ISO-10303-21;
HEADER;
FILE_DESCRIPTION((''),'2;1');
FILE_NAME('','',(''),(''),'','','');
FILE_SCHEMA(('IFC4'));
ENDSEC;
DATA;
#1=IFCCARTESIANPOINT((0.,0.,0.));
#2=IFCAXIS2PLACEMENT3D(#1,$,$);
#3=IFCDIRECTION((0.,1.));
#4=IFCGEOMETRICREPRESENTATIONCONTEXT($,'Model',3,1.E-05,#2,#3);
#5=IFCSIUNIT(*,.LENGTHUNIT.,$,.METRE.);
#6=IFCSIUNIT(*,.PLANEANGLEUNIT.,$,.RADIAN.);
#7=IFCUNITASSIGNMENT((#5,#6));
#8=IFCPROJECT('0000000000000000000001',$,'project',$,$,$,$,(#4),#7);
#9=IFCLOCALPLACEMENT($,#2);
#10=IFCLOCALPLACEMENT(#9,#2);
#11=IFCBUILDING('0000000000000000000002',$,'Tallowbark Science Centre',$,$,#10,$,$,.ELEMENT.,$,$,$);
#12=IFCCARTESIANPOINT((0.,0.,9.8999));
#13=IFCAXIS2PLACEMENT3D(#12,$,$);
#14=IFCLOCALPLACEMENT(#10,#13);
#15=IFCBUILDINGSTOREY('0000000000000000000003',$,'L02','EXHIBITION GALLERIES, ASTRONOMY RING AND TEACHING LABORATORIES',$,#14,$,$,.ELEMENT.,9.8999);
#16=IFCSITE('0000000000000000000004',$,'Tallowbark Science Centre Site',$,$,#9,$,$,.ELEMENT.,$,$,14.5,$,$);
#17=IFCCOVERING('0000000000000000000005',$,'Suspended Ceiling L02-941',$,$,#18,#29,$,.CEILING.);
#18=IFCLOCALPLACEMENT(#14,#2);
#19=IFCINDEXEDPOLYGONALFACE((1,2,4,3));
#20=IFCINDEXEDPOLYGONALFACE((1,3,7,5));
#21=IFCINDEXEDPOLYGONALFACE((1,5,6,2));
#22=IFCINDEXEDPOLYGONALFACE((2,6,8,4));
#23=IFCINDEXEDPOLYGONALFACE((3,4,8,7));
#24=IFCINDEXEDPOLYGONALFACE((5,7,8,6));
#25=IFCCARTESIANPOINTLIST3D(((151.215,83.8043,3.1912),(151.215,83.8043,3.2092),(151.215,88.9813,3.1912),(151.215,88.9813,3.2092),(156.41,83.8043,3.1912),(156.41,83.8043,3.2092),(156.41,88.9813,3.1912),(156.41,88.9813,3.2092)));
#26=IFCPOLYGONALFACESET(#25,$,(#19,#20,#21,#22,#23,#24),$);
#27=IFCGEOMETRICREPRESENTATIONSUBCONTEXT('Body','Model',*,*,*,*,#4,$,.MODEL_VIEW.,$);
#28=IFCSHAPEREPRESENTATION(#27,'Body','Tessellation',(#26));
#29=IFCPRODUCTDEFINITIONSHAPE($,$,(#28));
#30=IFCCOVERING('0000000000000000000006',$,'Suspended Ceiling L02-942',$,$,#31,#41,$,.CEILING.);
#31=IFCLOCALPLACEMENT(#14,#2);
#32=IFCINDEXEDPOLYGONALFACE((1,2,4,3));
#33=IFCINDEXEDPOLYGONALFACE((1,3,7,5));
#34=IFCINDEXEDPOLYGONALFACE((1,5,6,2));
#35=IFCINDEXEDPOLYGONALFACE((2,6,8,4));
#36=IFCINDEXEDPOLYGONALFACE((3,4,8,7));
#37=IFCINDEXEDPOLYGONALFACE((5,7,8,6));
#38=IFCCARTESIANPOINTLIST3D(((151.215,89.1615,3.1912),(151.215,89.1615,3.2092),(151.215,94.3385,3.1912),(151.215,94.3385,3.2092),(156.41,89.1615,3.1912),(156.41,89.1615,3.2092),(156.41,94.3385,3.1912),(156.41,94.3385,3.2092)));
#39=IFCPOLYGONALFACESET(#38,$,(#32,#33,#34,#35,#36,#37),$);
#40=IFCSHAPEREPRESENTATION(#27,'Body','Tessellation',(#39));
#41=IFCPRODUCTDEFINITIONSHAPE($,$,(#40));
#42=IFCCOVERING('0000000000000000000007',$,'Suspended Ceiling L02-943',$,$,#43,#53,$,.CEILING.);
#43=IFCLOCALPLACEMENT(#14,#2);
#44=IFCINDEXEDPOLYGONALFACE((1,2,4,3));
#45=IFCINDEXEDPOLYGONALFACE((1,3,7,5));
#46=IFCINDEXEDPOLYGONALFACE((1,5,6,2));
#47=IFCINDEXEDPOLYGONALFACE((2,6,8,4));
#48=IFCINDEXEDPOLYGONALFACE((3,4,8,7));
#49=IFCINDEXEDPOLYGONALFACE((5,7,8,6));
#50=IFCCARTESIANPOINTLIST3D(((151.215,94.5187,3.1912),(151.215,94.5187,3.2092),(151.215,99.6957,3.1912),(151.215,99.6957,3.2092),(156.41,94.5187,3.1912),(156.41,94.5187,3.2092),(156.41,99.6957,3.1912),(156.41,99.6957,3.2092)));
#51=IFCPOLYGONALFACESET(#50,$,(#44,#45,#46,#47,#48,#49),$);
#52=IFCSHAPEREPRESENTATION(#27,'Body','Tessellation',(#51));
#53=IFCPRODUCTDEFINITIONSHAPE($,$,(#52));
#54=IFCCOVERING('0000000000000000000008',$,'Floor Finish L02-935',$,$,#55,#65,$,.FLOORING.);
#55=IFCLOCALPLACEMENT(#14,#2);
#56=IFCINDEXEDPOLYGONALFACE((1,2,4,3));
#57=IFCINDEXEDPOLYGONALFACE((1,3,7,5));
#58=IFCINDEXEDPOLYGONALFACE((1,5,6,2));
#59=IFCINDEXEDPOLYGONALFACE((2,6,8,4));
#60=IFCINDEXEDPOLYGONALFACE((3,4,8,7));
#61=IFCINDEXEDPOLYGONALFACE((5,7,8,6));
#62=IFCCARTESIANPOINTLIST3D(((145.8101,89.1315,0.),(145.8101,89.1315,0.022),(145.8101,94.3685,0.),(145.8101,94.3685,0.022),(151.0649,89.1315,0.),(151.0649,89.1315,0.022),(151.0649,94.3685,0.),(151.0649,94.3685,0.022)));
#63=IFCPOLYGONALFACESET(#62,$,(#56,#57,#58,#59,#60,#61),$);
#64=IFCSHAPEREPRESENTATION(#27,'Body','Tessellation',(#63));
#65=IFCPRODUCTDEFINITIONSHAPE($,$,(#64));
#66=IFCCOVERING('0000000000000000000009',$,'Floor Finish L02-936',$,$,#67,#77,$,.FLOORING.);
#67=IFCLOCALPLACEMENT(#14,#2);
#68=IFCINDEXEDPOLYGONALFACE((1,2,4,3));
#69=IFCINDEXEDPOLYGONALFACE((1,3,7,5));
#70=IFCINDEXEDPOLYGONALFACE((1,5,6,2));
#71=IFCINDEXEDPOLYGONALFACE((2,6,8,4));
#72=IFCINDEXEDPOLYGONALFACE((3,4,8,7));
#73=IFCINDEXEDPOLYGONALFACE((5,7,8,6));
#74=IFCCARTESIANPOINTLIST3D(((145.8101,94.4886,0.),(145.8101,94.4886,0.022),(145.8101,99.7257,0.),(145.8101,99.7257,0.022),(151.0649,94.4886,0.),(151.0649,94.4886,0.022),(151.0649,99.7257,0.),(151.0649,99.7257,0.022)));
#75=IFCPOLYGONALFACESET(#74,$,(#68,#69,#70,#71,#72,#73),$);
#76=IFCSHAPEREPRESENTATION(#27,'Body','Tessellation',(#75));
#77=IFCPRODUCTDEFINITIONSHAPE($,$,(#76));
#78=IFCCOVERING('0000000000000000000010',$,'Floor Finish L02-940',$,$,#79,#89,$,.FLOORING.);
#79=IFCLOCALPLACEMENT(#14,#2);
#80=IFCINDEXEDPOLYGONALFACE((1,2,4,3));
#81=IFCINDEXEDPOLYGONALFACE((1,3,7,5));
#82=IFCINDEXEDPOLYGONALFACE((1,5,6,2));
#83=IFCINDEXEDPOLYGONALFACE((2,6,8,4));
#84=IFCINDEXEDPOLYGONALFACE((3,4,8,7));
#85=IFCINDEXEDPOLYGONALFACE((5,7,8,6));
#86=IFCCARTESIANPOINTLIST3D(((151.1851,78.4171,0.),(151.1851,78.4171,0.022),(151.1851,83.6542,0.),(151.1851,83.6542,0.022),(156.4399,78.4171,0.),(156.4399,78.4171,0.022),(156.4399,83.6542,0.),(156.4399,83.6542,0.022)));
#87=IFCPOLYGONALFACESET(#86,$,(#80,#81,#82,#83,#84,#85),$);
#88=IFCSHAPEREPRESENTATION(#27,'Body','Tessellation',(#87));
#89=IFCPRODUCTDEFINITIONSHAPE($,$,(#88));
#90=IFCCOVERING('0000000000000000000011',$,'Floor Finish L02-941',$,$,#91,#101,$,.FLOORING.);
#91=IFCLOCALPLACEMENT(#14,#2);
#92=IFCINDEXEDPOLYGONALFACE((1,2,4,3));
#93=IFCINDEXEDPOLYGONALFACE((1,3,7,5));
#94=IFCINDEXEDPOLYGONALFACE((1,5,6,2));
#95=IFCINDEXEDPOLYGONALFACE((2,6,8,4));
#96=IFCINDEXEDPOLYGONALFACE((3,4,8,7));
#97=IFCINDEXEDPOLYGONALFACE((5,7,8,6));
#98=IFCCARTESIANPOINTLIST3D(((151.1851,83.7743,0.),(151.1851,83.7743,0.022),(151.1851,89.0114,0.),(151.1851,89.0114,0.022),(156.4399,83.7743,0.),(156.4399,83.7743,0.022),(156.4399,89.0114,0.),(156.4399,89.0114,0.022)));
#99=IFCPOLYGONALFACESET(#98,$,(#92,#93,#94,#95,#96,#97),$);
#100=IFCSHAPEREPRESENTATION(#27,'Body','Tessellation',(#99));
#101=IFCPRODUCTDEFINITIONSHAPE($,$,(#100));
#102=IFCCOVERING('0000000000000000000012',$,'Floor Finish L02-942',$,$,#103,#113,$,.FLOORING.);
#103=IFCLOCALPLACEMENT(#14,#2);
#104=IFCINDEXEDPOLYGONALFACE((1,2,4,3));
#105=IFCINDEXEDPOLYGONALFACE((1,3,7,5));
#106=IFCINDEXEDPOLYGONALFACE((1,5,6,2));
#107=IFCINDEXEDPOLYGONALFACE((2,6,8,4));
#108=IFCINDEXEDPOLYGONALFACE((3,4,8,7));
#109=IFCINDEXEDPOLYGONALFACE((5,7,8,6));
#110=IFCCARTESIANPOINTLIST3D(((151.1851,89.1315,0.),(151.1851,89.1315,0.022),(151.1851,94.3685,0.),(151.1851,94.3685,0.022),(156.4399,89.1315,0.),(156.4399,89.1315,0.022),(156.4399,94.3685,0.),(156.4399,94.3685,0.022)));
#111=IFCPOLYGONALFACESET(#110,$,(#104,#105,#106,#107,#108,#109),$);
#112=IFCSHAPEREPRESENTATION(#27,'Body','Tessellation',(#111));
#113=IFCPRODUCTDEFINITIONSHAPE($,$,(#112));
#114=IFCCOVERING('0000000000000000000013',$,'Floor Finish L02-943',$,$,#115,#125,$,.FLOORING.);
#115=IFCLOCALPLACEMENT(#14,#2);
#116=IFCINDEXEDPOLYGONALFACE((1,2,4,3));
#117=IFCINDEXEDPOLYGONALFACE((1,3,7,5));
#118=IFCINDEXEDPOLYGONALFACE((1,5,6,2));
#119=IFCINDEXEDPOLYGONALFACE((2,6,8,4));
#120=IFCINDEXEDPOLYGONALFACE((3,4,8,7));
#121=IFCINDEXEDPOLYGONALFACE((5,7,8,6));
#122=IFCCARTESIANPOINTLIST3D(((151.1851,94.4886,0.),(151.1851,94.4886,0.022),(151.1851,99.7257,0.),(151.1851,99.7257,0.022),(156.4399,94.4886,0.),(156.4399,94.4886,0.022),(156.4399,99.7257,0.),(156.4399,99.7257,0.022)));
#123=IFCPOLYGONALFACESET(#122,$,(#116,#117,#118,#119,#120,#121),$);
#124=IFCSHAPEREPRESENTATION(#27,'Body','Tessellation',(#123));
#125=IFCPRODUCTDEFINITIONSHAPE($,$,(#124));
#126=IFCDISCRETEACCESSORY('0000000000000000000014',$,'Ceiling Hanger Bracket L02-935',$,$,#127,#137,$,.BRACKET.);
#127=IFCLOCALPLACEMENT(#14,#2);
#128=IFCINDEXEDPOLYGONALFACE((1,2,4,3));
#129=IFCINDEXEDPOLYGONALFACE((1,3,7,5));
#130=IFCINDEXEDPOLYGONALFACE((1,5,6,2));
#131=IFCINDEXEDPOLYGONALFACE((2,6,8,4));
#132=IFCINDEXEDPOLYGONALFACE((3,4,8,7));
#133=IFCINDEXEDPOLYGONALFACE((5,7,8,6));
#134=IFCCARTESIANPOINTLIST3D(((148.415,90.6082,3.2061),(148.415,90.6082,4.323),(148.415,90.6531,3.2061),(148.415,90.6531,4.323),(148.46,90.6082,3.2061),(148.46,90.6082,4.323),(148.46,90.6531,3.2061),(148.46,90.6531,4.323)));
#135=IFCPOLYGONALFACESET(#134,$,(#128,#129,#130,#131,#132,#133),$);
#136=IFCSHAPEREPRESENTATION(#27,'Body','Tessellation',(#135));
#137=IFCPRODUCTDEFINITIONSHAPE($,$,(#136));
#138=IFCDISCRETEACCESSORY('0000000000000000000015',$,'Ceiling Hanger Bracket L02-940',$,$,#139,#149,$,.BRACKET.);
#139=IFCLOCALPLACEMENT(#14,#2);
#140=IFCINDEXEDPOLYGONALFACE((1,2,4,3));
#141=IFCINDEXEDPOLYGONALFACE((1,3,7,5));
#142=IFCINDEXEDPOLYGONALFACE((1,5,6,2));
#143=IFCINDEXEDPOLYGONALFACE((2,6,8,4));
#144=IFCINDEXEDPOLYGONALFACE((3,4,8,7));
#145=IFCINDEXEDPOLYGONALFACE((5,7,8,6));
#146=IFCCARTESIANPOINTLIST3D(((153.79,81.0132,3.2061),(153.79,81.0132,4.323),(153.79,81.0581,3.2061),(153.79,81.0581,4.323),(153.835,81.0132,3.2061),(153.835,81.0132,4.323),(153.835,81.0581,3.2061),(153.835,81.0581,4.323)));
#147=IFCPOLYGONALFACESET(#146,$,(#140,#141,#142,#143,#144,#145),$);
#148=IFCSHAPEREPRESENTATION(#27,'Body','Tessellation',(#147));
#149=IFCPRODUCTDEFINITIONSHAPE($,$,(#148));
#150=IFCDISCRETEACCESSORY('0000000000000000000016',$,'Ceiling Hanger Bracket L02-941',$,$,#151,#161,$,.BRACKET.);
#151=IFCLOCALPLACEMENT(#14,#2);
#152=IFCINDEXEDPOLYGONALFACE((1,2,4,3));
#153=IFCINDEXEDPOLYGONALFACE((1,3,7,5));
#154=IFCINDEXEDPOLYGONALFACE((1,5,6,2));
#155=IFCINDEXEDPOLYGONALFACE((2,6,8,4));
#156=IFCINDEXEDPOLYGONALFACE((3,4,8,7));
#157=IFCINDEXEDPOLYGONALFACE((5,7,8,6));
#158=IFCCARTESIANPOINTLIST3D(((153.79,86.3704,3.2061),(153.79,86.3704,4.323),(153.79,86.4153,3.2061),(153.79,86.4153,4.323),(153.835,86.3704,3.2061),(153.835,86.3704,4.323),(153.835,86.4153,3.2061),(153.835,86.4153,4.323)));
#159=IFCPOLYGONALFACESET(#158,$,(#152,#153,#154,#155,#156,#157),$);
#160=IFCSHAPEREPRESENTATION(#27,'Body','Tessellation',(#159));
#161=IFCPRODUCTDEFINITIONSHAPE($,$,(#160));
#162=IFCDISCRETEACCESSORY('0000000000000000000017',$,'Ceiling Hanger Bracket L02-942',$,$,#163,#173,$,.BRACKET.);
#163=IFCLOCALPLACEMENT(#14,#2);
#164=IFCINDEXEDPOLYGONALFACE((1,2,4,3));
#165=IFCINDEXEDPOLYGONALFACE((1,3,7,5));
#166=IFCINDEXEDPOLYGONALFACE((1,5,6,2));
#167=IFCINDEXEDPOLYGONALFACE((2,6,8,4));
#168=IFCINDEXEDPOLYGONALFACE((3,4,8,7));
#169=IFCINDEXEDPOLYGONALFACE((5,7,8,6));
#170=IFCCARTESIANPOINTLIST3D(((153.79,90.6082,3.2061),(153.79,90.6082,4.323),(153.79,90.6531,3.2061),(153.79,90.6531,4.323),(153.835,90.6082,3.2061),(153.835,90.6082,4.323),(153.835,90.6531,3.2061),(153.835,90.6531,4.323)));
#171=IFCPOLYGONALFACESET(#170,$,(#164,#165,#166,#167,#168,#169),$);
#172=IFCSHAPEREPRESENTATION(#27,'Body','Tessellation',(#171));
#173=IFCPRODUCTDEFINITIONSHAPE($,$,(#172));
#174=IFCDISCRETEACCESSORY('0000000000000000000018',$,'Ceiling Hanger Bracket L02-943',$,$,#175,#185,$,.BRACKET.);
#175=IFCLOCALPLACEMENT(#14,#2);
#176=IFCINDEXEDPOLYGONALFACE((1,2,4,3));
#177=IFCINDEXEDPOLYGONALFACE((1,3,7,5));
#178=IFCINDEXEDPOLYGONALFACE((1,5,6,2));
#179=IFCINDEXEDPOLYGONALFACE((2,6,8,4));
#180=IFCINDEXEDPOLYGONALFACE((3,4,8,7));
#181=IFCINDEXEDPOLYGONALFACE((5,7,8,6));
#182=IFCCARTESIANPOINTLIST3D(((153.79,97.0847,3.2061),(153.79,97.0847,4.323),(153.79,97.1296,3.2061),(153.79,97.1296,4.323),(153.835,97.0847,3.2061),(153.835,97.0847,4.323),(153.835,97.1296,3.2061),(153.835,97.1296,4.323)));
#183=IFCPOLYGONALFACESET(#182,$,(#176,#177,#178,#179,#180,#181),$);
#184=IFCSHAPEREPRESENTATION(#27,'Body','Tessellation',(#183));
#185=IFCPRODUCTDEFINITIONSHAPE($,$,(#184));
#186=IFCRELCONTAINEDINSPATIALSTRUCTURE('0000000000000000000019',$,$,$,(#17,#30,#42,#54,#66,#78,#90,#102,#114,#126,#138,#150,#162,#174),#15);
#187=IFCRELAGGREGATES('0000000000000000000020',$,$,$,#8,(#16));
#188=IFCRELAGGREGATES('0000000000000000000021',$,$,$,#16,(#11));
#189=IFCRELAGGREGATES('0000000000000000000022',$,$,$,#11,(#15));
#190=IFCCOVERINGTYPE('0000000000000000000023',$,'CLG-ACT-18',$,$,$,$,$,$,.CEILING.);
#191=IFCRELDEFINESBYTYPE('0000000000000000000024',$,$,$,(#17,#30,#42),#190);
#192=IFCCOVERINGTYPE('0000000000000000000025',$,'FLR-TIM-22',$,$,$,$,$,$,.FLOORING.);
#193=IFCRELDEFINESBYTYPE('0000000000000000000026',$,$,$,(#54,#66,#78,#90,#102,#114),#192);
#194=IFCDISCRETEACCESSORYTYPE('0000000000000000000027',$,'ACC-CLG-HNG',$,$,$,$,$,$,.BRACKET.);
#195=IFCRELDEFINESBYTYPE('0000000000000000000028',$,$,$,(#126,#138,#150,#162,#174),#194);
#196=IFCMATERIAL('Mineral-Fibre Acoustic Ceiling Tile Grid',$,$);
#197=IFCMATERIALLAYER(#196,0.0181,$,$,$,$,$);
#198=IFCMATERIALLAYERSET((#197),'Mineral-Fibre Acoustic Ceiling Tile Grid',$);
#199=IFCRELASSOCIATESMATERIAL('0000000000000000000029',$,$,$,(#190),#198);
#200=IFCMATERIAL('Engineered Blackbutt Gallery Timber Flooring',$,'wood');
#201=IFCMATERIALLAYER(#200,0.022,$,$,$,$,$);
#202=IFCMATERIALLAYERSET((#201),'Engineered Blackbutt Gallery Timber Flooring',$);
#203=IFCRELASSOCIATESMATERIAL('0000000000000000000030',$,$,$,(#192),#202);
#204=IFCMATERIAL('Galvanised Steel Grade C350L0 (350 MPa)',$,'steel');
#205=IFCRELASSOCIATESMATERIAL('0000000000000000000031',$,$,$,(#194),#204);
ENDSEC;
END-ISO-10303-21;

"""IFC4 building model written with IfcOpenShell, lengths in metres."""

from ifc_helpers import new_model, si_unit, direction, frame, origin, origin_2d, place, context, subcontext, project, spatial, rectangle, extrude, material, layer, layer_set, type_object, element, save


model = new_model("IFC4")

# Units and contexts
model_context = context("Model", 3, precision=1e-05, world=origin(), true_north=direction((0.0, 1.0)))
body_context = subcontext(model_context, "Body", "Model", "MODEL_VIEW")
ifc_project = project(units=[si_unit("LENGTHUNIT", "METRE"), si_unit("PLANEANGLEUNIT", "RADIAN")], contexts=[model_context])

# Site, building, storey
site_placement = place(None, origin())
site = spatial("IfcSite", under=ifc_project, at=site_placement, Name="Tallowbark Science Centre Site", CompositionType="ELEMENT", RefElevation=14.5)
building_placement = place(site_placement, origin())
building = spatial("IfcBuilding", under=site, at=building_placement, Name="Tallowbark Science Centre", CompositionType="ELEMENT")
storey_placement = place(building_placement, frame((0.0, 0.0, 9.8999)))
storey = spatial("IfcBuildingStorey", under=building, at=storey_placement, Name="L02", Description="EXHIBITION GALLERIES, ASTRONOMY RING AND TEACHING LABORATORIES", CompositionType="ELEMENT", Elevation=9.8999)

# Coverings
ifc_material_1 = material(Name="Mineral-Fibre Acoustic Ceiling Tile Grid")
ifc_layer_1 = layer(ifc_material_1, 0.0181)
ifc_layer_set_1 = layer_set([ifc_layer_1], Name="Mineral-Fibre Acoustic Ceiling Tile Grid")
covering_type_1 = type_object("IfcCoveringType", Name="CLG-ACT-18", PredefinedType="CEILING", material=ifc_layer_set_1)
for number, where, z_axis, x_axis, name in (
    (1, (153.8125, 86.3928, 3.1912), (0.0, 0.0, 1.0), (1.0, 0.0, 0.0), "Suspended Ceiling L02-941"),
    (2, (153.8125, 91.75, 3.1912), (0.0, 0.0, 1.0), (1.0, 0.0, 0.0), "Suspended Ceiling L02-942"),
    (3, (153.8125, 97.1072, 3.1912), (0.0, 0.0, 1.0), (1.0, 0.0, 0.0), "Suspended Ceiling L02-943"),
):
    element("IfcCovering", number, at=place(storey_placement, frame(where, z_axis=z_axis, x_axis=x_axis)), inside=storey, type_object=covering_type_1, Name=name, PredefinedType="CEILING", context=body_context, shape_type="SweptSolid", body=[
        extrude(rectangle(XDim=5.1951, YDim=5.177, at=origin_2d()), origin(), (0.0, 0.0, 1.0), 0.0181),
    ])
ifc_material_2 = material(Name="Engineered Blackbutt Gallery Timber Flooring", Category="wood")
ifc_layer_2 = layer(ifc_material_2, 0.022)
ifc_layer_set_2 = layer_set([ifc_layer_2], Name="Engineered Blackbutt Gallery Timber Flooring")
covering_type_2 = type_object("IfcCoveringType", Name="FLR-TIM-22", PredefinedType="FLOORING", material=ifc_layer_set_2)
for number, where, z_axis, x_axis, name in (
    (4, (148.4375, 91.75, 0.0), (0.0, 0.0, 1.0), (1.0, 0.0, 0.0), "Floor Finish L02-935"),
    (5, (148.4375, 97.1072, 0.0), (0.0, 0.0, 1.0), (1.0, 0.0, 0.0), "Floor Finish L02-936"),
    (6, (153.8125, 81.0356, 0.0), (0.0, 0.0, 1.0), (1.0, 0.0, 0.0), "Floor Finish L02-940"),
    (7, (153.8125, 86.3928, 0.0), (0.0, 0.0, 1.0), (1.0, 0.0, 0.0), "Floor Finish L02-941"),
    (8, (153.8125, 91.75, 0.0), (0.0, 0.0, 1.0), (1.0, 0.0, 0.0), "Floor Finish L02-942"),
    (9, (153.8125, 97.1072, 0.0), (0.0, 0.0, 1.0), (1.0, 0.0, 0.0), "Floor Finish L02-943"),
):
    element("IfcCovering", number, at=place(storey_placement, frame(where, z_axis=z_axis, x_axis=x_axis)), inside=storey, type_object=covering_type_2, Name=name, PredefinedType="FLOORING", context=body_context, shape_type="SweptSolid", body=[
        extrude(rectangle(XDim=5.2549, YDim=5.2371, at=origin_2d()), origin(), (0.0, 0.0, 1.0), 0.022),
    ])

# Discrete accessories
ifc_material_3 = material(Name="Galvanised Steel Grade C350L0 (350 MPa)", Category="steel")
discrete_accessory_type = type_object("IfcDiscreteAccessoryType", Name="ACC-CLG-HNG", PredefinedType="BRACKET", material=ifc_material_3)
for number, where, z_axis, x_axis, name in (
    (10, (148.4375, 90.6306, 3.2061), (0.0, 0.0, 1.0), (1.0, 0.0, 0.0), "Ceiling Hanger Bracket L02-935"),
    (11, (153.8125, 81.0356, 3.2061), (0.0, 0.0, 1.0), (1.0, 0.0, 0.0), "Ceiling Hanger Bracket L02-940"),
    (12, (153.8125, 86.3928, 3.2061), (0.0, 0.0, 1.0), (1.0, 0.0, 0.0), "Ceiling Hanger Bracket L02-941"),
    (13, (153.8125, 90.6306, 3.2061), (0.0, 0.0, 1.0), (1.0, 0.0, 0.0), "Ceiling Hanger Bracket L02-942"),
    (14, (153.8125, 97.1072, 3.2061), (0.0, 0.0, 1.0), (1.0, 0.0, 0.0), "Ceiling Hanger Bracket L02-943"),
):
    element("IfcDiscreteAccessory", number, at=place(storey_placement, frame(where, z_axis=z_axis, x_axis=x_axis)), inside=storey, type_object=discrete_accessory_type, Name=name, PredefinedType="BRACKET", context=body_context, shape_type="SweptSolid", body=[
        extrude(rectangle(XDim=0.0449, YDim=0.0449, at=origin_2d()), origin(), (0.0, 0.0, 1.0), 1.1169),
    ])

save(model, "model.ifc")
